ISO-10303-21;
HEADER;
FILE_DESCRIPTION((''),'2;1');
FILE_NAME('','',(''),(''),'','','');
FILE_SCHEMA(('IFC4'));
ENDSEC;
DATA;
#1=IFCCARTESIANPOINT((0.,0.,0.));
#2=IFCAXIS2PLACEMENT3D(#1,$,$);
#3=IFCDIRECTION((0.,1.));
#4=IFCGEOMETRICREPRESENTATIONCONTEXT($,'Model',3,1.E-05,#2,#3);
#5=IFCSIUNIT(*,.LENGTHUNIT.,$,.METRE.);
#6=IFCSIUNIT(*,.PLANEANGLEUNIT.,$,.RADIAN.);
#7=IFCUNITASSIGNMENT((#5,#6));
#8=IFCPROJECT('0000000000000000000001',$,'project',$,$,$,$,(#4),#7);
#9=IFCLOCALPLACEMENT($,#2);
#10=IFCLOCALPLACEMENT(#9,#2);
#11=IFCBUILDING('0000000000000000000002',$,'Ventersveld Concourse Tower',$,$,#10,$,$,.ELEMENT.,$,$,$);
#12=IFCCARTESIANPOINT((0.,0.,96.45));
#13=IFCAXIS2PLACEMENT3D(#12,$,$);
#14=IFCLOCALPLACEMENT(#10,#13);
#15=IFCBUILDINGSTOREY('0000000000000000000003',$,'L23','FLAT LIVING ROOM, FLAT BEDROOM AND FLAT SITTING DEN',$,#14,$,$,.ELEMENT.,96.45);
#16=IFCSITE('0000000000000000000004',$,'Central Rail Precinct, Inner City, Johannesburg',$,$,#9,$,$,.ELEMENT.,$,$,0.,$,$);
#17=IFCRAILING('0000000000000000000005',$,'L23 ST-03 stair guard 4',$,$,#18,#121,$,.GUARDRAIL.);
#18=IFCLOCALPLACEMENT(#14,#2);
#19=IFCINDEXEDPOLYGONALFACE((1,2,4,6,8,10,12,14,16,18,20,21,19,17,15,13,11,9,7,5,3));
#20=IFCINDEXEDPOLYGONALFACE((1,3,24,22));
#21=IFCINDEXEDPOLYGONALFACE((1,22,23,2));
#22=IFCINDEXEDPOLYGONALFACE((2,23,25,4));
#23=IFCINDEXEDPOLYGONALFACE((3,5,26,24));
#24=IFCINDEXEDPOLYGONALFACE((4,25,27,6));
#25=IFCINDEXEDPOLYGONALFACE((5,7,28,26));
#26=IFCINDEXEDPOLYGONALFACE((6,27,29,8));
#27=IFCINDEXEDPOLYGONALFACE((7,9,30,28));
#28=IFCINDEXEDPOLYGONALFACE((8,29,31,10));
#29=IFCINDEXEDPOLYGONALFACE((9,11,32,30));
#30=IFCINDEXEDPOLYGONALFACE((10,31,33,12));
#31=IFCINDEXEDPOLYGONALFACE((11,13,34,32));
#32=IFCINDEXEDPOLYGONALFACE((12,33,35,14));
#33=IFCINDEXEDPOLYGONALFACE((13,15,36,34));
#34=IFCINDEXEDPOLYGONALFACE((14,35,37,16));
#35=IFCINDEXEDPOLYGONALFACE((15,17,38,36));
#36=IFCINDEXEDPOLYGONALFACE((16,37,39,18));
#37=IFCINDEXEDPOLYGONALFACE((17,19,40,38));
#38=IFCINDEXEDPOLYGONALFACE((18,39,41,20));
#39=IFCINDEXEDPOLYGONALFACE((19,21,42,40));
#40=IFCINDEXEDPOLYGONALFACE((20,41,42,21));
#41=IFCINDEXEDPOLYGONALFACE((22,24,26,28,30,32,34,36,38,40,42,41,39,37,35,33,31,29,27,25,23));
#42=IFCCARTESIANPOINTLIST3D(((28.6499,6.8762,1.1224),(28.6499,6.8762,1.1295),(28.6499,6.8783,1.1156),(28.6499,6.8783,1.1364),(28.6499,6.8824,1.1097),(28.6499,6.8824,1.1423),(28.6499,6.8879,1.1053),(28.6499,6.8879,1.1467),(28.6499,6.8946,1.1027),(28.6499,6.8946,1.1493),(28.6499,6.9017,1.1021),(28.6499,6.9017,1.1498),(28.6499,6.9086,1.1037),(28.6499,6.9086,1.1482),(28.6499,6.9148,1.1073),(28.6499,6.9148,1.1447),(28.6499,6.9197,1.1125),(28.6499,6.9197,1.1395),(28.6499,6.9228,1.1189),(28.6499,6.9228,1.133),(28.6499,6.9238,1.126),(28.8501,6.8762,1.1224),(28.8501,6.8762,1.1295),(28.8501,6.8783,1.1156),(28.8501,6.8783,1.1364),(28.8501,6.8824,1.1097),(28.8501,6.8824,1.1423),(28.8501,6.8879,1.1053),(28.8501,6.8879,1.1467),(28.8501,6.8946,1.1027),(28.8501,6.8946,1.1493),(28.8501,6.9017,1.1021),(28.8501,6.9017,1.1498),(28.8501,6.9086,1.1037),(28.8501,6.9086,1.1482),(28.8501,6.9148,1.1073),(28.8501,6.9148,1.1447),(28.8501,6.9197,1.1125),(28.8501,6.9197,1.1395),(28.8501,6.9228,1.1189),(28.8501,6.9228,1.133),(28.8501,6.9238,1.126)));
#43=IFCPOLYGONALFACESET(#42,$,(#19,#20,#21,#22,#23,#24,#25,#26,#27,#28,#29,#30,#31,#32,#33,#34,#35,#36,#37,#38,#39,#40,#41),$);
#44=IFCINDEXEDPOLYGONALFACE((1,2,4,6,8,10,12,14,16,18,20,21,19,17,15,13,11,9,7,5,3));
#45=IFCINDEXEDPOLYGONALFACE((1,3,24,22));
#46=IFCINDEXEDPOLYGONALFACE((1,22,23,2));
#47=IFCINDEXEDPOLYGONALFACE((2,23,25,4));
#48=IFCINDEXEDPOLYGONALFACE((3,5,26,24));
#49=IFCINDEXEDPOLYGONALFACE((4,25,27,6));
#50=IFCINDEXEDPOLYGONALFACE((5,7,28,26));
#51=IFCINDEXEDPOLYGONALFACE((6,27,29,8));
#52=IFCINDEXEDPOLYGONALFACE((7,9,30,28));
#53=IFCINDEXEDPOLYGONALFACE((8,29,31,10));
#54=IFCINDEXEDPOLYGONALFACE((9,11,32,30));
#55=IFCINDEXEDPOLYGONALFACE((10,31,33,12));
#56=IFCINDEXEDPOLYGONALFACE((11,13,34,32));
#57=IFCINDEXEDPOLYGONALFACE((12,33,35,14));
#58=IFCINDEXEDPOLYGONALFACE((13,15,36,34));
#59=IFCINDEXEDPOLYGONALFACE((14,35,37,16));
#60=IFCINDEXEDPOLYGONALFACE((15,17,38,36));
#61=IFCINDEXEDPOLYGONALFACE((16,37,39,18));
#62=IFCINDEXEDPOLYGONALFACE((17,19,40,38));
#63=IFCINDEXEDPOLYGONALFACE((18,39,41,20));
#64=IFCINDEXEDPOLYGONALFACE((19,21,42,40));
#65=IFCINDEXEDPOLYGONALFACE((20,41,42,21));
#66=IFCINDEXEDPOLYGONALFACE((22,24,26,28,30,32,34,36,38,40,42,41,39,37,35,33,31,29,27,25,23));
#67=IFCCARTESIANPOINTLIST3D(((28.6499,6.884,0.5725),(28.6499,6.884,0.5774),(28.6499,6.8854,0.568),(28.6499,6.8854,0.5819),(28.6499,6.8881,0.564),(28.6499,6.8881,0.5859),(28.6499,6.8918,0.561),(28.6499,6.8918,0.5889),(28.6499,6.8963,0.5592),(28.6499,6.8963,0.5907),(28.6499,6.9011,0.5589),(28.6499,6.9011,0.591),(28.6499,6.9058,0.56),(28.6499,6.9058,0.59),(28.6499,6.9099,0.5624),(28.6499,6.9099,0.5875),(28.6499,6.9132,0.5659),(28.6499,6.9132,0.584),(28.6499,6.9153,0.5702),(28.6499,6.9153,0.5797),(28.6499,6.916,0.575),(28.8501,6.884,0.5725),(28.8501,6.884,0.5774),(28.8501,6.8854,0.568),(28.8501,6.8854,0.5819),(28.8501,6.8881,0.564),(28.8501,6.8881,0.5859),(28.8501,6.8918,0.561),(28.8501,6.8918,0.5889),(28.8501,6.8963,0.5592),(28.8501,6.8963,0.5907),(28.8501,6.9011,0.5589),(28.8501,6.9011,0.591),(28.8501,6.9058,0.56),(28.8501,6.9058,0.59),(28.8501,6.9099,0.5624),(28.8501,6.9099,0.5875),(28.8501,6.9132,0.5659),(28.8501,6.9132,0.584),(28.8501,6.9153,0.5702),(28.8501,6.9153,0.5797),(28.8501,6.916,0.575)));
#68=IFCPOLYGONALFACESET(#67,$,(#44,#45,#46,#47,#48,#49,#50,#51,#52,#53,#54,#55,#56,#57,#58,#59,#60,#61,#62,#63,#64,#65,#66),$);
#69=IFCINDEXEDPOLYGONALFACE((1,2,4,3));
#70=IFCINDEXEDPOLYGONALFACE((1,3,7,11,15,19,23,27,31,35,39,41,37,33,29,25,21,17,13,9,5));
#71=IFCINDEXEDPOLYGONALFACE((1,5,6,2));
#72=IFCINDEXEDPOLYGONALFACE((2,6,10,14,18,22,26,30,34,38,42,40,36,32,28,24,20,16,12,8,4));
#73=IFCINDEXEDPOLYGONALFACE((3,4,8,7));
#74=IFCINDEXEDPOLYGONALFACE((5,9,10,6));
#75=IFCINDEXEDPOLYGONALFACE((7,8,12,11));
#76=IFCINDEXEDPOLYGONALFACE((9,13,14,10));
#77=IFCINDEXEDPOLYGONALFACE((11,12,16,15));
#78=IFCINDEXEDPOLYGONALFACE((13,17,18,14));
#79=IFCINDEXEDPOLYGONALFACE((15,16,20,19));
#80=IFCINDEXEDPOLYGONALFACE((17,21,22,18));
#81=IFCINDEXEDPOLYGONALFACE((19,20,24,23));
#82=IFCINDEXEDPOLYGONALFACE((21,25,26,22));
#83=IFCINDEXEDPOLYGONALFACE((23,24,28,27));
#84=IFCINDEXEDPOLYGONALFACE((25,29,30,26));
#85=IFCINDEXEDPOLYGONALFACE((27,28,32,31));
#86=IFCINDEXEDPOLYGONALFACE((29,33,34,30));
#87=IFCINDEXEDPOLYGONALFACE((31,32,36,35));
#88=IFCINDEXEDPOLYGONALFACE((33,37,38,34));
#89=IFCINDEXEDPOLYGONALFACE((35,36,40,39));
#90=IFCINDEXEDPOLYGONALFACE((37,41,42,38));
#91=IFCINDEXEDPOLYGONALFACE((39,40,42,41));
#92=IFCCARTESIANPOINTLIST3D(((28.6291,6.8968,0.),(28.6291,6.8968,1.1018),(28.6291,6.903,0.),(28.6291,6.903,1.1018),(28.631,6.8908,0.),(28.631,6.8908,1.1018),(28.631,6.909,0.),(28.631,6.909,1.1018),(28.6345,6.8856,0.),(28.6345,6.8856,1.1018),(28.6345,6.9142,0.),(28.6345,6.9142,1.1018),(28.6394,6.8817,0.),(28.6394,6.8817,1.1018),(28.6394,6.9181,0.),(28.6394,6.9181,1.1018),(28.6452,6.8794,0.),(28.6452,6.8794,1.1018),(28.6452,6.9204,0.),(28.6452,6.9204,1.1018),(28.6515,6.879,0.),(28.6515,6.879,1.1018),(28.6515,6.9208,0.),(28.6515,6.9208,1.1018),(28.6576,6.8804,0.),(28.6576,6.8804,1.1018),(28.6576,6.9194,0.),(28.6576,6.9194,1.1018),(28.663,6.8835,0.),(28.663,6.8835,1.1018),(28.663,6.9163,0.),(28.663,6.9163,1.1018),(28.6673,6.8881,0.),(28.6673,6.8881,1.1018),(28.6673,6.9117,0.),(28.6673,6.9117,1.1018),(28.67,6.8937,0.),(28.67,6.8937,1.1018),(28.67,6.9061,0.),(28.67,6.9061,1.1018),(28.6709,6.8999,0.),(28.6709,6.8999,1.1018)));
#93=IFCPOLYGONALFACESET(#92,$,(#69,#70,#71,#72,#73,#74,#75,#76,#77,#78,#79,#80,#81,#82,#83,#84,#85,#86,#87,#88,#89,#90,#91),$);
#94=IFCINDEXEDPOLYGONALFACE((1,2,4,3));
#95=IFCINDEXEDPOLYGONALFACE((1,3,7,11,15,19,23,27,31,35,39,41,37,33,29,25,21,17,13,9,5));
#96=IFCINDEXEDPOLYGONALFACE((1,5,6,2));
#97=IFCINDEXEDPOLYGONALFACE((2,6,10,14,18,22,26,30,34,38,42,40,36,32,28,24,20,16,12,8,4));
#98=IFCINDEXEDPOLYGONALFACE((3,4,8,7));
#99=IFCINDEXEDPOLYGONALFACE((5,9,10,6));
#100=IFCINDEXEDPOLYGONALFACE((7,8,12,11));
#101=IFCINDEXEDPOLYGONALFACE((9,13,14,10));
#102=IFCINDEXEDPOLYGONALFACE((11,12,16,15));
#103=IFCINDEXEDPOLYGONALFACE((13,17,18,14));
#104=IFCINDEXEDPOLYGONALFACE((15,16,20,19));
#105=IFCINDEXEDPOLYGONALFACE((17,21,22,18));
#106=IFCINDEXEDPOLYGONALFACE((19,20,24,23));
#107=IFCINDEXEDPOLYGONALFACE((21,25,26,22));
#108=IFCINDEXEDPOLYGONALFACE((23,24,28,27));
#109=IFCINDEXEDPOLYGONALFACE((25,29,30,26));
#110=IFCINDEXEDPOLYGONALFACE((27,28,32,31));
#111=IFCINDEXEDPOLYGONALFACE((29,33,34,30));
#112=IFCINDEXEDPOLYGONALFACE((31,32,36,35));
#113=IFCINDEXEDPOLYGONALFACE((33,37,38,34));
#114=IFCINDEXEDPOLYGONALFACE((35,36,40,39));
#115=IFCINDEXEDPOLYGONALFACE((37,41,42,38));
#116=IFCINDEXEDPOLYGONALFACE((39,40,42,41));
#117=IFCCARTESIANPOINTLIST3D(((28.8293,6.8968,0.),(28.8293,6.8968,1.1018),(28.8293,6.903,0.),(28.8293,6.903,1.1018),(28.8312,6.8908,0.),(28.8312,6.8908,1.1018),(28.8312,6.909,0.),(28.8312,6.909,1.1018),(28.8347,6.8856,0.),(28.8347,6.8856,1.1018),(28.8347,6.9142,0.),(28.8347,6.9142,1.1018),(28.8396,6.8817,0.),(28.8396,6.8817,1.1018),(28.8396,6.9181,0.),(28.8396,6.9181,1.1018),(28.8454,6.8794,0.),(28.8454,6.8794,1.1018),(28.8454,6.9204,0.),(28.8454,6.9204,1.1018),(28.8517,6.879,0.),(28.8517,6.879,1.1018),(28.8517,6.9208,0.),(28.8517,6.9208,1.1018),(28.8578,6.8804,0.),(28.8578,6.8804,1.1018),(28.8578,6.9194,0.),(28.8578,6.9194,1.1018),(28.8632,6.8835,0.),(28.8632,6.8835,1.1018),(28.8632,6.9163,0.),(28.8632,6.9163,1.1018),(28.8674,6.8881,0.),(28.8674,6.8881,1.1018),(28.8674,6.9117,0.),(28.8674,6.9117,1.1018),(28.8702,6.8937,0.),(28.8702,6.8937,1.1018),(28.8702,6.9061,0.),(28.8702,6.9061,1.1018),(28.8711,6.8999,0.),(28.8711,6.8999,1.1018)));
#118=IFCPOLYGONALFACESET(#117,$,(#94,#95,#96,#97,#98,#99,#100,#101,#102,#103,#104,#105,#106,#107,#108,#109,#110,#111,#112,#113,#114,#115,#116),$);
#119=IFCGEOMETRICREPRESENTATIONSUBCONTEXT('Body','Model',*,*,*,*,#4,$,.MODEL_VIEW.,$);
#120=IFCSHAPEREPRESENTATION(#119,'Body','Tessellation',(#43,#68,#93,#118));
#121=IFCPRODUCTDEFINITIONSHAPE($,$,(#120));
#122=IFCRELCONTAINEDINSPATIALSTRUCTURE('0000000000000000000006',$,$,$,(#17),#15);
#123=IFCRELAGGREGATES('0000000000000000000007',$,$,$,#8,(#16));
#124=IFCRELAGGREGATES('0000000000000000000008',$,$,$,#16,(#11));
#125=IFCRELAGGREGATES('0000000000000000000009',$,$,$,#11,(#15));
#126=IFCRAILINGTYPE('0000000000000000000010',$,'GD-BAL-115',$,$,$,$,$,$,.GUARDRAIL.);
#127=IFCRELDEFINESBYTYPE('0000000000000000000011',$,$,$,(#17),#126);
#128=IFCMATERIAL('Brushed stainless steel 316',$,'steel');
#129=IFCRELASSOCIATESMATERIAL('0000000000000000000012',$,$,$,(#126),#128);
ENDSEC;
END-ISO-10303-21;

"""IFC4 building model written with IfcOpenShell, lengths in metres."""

from ifc_helpers import new_model, si_unit, direction, frame, origin, origin_2d, place, context, subcontext, project, spatial, circle, extrude, material, type_object, element, save


model = new_model("IFC4")

# Units and contexts
model_context = context("Model", 3, precision=1e-05, world=origin(), true_north=direction((0.0, 1.0)))
body_context = subcontext(model_context, "Body", "Model", "MODEL_VIEW")
ifc_project = project(units=[si_unit("LENGTHUNIT", "METRE"), si_unit("PLANEANGLEUNIT", "RADIAN")], contexts=[model_context])

# Site, building, storey
site_placement = place(None, origin())
site = spatial("IfcSite", under=ifc_project, at=site_placement, Name="Central Rail Precinct, Inner City, Johannesburg", CompositionType="ELEMENT", RefElevation=0.0)
building_placement = place(site_placement, origin())
building = spatial("IfcBuilding", under=site, at=building_placement, Name="Ventersveld Concourse Tower", CompositionType="ELEMENT")
storey_placement = place(building_placement, frame((0.0, 0.0, 96.45)))
storey = spatial("IfcBuildingStorey", under=building, at=storey_placement, Name="L23", Description="FLAT LIVING ROOM, FLAT BEDROOM AND FLAT SITTING DEN", CompositionType="ELEMENT", Elevation=96.45)

# Shared definitions
ifc_material_1 = material(Name="Brushed stainless steel 316", Category="steel")

# Railing
railing_type = type_object("IfcRailingType", Name="GD-BAL-115", PredefinedType="GUARDRAIL", material=ifc_material_1)
railing_1_placement = place(storey_placement, frame((28.6499, 6.8999, 0.0)))
element("IfcRailing", 1, at=railing_1_placement, inside=storey, type_object=railing_type, Name="L23 ST-03 stair guard 4", PredefinedType="GUARDRAIL", context=body_context, shape_type="SweptSolid", body=[
    extrude(circle(Radius=0.0239, at=origin_2d()), frame((0.0, 0.0, 1.126), z_axis=(1.0, 0.0, 0.0), x_axis=(0.0, 1.0, 0.0)), (0.0, 0.0, 1.0), 0.2002),
    extrude(circle(Radius=0.0161, at=origin_2d()), frame((0.0, 0.0, 0.575), z_axis=(1.0, 0.0, 0.0), x_axis=(0.0, 1.0, 0.0)), (0.0, 0.0, 1.0), 0.2002),
    extrude(circle(Radius=0.021, at=origin_2d()), origin(), (0.0, 0.0, 1.0), 1.1018),
    extrude(circle(Radius=0.021, at=origin_2d()), frame((0.2002, 0.0, 0.0)), (0.0, 0.0, 1.0), 1.1018),
])

save(model, "model.ifc")
